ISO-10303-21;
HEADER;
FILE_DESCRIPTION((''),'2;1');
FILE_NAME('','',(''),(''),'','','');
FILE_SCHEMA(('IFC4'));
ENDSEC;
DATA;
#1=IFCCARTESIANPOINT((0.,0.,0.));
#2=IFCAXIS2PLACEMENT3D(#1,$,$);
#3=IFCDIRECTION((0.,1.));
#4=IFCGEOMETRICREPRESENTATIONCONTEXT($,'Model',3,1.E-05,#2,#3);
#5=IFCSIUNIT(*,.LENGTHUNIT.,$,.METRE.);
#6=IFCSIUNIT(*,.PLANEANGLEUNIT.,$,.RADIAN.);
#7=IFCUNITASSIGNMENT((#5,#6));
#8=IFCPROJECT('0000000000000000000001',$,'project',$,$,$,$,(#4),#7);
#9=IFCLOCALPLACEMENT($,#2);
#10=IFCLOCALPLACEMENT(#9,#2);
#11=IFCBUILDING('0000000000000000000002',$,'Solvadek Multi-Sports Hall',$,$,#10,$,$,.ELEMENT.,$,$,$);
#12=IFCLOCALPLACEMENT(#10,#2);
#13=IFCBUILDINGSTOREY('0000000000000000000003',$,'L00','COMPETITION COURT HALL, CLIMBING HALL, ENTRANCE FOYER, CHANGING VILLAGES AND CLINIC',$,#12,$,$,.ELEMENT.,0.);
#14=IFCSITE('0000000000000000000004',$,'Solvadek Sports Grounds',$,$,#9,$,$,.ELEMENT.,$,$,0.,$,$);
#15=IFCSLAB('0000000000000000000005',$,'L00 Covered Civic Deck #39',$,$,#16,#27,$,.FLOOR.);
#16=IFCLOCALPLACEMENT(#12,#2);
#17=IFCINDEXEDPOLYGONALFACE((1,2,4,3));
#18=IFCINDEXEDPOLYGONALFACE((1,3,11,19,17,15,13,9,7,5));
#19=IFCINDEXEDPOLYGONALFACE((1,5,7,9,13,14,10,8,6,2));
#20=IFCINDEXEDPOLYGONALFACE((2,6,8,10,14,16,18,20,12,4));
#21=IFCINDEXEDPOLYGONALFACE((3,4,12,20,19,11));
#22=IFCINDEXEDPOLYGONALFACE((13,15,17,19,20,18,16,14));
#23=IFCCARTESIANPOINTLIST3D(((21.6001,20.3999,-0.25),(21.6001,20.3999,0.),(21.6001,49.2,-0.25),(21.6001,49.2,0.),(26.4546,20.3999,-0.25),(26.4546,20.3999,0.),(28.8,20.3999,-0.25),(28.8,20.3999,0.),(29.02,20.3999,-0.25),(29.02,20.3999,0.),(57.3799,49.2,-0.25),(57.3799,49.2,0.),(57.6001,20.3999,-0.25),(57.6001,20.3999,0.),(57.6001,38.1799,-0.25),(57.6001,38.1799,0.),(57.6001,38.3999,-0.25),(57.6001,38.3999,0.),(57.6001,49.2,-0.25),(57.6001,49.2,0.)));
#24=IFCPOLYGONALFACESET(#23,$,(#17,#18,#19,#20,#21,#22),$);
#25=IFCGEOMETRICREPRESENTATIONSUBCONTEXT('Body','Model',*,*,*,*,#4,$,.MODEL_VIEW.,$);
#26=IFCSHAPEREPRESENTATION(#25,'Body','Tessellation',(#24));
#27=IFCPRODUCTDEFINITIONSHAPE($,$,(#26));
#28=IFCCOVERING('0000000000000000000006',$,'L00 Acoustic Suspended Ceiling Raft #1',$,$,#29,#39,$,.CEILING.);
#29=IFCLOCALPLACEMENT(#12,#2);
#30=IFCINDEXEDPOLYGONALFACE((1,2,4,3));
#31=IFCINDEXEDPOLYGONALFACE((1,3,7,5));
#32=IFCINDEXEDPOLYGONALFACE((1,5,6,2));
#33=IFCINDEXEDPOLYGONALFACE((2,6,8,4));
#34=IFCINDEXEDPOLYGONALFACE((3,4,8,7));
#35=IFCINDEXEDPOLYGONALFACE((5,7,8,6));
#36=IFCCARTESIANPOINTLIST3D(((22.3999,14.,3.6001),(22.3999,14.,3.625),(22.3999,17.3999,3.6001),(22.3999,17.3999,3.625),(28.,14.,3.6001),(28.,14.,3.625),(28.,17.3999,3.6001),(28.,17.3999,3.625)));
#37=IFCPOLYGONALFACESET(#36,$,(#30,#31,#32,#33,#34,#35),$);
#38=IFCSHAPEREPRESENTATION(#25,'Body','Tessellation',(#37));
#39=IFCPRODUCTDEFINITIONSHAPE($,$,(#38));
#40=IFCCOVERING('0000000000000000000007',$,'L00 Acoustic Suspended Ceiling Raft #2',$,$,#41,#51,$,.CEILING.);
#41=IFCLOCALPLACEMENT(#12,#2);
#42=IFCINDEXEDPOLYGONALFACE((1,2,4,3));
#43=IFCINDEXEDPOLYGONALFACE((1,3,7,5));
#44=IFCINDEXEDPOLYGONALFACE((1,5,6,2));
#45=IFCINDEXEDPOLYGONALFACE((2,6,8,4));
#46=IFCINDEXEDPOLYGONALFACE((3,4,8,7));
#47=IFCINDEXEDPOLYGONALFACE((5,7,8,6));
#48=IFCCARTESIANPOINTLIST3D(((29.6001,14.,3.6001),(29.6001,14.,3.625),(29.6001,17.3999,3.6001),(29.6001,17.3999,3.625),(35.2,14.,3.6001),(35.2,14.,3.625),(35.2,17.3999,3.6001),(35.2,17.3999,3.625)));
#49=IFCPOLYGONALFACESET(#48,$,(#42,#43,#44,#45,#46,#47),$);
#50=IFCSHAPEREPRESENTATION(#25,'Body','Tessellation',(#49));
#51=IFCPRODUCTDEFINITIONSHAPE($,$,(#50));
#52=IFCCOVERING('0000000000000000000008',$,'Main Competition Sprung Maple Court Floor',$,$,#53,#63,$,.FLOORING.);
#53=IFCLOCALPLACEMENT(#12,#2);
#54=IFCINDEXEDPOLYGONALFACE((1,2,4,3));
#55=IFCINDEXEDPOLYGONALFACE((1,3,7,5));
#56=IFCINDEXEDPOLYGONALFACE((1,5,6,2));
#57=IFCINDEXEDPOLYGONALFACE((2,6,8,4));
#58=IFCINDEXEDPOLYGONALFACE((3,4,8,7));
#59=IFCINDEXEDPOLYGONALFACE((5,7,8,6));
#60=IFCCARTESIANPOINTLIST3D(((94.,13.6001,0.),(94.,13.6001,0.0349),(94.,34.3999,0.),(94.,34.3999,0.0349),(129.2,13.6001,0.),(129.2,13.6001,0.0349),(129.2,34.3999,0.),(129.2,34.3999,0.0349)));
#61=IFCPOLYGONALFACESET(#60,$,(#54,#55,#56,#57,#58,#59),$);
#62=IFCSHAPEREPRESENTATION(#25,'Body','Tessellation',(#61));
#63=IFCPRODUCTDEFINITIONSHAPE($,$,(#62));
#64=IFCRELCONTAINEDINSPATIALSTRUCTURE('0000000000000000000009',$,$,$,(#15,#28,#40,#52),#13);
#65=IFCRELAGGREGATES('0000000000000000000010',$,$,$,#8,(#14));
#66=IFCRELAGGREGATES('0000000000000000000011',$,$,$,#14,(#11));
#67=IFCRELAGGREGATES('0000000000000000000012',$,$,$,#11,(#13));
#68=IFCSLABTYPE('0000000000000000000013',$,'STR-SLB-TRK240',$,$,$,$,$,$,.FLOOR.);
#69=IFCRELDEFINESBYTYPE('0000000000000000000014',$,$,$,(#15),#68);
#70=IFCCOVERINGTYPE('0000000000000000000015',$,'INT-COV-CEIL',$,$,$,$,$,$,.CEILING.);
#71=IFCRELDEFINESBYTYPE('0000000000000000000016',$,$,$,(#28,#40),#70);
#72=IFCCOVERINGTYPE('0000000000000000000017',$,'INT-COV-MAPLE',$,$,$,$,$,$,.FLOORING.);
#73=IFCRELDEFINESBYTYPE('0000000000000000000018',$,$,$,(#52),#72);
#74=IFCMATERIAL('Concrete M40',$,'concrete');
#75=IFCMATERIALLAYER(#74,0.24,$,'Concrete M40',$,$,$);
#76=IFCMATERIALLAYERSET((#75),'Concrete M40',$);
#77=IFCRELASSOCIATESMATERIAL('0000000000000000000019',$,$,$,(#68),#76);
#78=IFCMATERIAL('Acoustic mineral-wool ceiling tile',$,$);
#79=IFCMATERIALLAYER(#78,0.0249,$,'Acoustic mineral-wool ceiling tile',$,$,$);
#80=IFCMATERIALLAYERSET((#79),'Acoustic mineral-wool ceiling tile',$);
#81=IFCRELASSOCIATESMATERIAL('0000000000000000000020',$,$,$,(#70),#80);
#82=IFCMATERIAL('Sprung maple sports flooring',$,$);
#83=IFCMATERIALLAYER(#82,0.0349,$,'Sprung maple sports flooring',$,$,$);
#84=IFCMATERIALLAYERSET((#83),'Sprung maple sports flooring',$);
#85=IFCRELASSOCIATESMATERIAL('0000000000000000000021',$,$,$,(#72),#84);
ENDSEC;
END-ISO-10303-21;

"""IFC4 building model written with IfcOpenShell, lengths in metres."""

from ifc_helpers import new_model, si_unit, direction, frame, origin, place, context, subcontext, project, spatial, polyline, outline, extrude, material, layer, layer_set, type_object, element, save


model = new_model("IFC4")

# Units and contexts
model_context = context("Model", 3, precision=1e-05, world=origin(), true_north=direction((0.0, 1.0)))
body_context = subcontext(model_context, "Body", "Model", "MODEL_VIEW")
ifc_project = project(units=[si_unit("LENGTHUNIT", "METRE"), si_unit("PLANEANGLEUNIT", "RADIAN")], contexts=[model_context])

# Site, building, storey
site_placement = place(None, origin())
site = spatial("IfcSite", under=ifc_project, at=site_placement, Name="Solvadek Sports Grounds", CompositionType="ELEMENT", RefElevation=0.0)
building_placement = place(site_placement, origin())
building = spatial("IfcBuilding", under=site, at=building_placement, Name="Solvadek Multi-Sports Hall", CompositionType="ELEMENT")
storey_placement = place(building_placement, origin())
storey = spatial("IfcBuildingStorey", under=building, at=storey_placement, Name="L00", Description="COMPETITION COURT HALL, CLIMBING HALL, ENTRANCE FOYER, CHANGING VILLAGES AND CLINIC", CompositionType="ELEMENT", Elevation=0.0)

# Slab
ifc_material_1 = material(Name="Concrete M40", Category="concrete")
ifc_layer_1 = layer(ifc_material_1, 0.24, Name="Concrete M40")
ifc_layer_set_1 = layer_set([ifc_layer_1], Name="Concrete M40")
slab_type_1 = type_object("IfcSlabType", Name="STR-SLB-TRK240", PredefinedType="FLOOR", material=ifc_layer_set_1)
slab_1_placement = place(storey_placement, frame((0.0, 0.0, -0.25)))
element("IfcSlab", 1, at=slab_1_placement, inside=storey, type_object=slab_type_1, Name="L00 Covered Civic Deck #39", PredefinedType="FLOOR", context=body_context, shape_type="SweptSolid", body=[
    extrude(outline(polyline([(21.6001, 49.2), (57.3799, 49.2), (57.6001, 49.2), (57.6001, 38.3999), (57.6001, 38.1799), (57.6001, 20.3999), (29.02, 20.3999), (28.8, 20.3999), (26.4546, 20.3999), (21.6001, 20.3999), (21.6001, 49.2)])), origin(), (0.0, 0.0, 1.0), 0.25),
])

# Coverings
ifc_material_2 = material(Name="Acoustic mineral-wool ceiling tile")
ifc_layer_2 = layer(ifc_material_2, 0.0249, Name="Acoustic mineral-wool ceiling tile")
ifc_layer_set_2 = layer_set([ifc_layer_2], Name="Acoustic mineral-wool ceiling tile")
covering_type_1 = type_object("IfcCoveringType", Name="INT-COV-CEIL", PredefinedType="CEILING", material=ifc_layer_set_2)
covering_1_placement = place(storey_placement, frame((0.0, 0.0, 3.6001)))
element("IfcCovering", 2, at=covering_1_placement, inside=storey, type_object=covering_type_1, Name="L00 Acoustic Suspended Ceiling Raft #1", PredefinedType="CEILING", context=body_context, shape_type="SweptSolid", body=[
    extrude(outline(polyline([(22.3999, 14.0), (28.0, 14.0), (28.0, 17.3999), (22.3999, 17.3999), (22.3999, 14.0)])), origin(), (0.0, 0.0, 1.0), 0.0249),
])
covering_2_placement = place(storey_placement, frame((0.0, 0.0, 3.6001)))
element("IfcCovering", 3, at=covering_2_placement, inside=storey, type_object=covering_type_1, Name="L00 Acoustic Suspended Ceiling Raft #2", PredefinedType="CEILING", context=body_context, shape_type="SweptSolid", body=[
    extrude(outline(polyline([(29.6001, 14.0), (35.2, 14.0), (35.2, 17.3999), (29.6001, 17.3999), (29.6001, 14.0)])), origin(), (0.0, 0.0, 1.0), 0.0249),
])
ifc_material_3 = material(Name="Sprung maple sports flooring")
ifc_layer_3 = layer(ifc_material_3, 0.0349, Name="Sprung maple sports flooring")
ifc_layer_set_3 = layer_set([ifc_layer_3], Name="Sprung maple sports flooring")
covering_type_2 = type_object("IfcCoveringType", Name="INT-COV-MAPLE", PredefinedType="FLOORING", material=ifc_layer_set_3)
covering_3_placement = place(storey_placement, origin())
element("IfcCovering", 4, at=covering_3_placement, inside=storey, type_object=covering_type_2, Name="Main Competition Sprung Maple Court Floor", PredefinedType="FLOORING", context=body_context, shape_type="SweptSolid", body=[
    extrude(outline(polyline([(94.0, 13.6001), (129.2, 13.6001), (129.2, 34.3999), (94.0, 34.3999), (94.0, 13.6001)])), origin(), (0.0, 0.0, 1.0), 0.0349),
])

save(model, "model.ifc")
